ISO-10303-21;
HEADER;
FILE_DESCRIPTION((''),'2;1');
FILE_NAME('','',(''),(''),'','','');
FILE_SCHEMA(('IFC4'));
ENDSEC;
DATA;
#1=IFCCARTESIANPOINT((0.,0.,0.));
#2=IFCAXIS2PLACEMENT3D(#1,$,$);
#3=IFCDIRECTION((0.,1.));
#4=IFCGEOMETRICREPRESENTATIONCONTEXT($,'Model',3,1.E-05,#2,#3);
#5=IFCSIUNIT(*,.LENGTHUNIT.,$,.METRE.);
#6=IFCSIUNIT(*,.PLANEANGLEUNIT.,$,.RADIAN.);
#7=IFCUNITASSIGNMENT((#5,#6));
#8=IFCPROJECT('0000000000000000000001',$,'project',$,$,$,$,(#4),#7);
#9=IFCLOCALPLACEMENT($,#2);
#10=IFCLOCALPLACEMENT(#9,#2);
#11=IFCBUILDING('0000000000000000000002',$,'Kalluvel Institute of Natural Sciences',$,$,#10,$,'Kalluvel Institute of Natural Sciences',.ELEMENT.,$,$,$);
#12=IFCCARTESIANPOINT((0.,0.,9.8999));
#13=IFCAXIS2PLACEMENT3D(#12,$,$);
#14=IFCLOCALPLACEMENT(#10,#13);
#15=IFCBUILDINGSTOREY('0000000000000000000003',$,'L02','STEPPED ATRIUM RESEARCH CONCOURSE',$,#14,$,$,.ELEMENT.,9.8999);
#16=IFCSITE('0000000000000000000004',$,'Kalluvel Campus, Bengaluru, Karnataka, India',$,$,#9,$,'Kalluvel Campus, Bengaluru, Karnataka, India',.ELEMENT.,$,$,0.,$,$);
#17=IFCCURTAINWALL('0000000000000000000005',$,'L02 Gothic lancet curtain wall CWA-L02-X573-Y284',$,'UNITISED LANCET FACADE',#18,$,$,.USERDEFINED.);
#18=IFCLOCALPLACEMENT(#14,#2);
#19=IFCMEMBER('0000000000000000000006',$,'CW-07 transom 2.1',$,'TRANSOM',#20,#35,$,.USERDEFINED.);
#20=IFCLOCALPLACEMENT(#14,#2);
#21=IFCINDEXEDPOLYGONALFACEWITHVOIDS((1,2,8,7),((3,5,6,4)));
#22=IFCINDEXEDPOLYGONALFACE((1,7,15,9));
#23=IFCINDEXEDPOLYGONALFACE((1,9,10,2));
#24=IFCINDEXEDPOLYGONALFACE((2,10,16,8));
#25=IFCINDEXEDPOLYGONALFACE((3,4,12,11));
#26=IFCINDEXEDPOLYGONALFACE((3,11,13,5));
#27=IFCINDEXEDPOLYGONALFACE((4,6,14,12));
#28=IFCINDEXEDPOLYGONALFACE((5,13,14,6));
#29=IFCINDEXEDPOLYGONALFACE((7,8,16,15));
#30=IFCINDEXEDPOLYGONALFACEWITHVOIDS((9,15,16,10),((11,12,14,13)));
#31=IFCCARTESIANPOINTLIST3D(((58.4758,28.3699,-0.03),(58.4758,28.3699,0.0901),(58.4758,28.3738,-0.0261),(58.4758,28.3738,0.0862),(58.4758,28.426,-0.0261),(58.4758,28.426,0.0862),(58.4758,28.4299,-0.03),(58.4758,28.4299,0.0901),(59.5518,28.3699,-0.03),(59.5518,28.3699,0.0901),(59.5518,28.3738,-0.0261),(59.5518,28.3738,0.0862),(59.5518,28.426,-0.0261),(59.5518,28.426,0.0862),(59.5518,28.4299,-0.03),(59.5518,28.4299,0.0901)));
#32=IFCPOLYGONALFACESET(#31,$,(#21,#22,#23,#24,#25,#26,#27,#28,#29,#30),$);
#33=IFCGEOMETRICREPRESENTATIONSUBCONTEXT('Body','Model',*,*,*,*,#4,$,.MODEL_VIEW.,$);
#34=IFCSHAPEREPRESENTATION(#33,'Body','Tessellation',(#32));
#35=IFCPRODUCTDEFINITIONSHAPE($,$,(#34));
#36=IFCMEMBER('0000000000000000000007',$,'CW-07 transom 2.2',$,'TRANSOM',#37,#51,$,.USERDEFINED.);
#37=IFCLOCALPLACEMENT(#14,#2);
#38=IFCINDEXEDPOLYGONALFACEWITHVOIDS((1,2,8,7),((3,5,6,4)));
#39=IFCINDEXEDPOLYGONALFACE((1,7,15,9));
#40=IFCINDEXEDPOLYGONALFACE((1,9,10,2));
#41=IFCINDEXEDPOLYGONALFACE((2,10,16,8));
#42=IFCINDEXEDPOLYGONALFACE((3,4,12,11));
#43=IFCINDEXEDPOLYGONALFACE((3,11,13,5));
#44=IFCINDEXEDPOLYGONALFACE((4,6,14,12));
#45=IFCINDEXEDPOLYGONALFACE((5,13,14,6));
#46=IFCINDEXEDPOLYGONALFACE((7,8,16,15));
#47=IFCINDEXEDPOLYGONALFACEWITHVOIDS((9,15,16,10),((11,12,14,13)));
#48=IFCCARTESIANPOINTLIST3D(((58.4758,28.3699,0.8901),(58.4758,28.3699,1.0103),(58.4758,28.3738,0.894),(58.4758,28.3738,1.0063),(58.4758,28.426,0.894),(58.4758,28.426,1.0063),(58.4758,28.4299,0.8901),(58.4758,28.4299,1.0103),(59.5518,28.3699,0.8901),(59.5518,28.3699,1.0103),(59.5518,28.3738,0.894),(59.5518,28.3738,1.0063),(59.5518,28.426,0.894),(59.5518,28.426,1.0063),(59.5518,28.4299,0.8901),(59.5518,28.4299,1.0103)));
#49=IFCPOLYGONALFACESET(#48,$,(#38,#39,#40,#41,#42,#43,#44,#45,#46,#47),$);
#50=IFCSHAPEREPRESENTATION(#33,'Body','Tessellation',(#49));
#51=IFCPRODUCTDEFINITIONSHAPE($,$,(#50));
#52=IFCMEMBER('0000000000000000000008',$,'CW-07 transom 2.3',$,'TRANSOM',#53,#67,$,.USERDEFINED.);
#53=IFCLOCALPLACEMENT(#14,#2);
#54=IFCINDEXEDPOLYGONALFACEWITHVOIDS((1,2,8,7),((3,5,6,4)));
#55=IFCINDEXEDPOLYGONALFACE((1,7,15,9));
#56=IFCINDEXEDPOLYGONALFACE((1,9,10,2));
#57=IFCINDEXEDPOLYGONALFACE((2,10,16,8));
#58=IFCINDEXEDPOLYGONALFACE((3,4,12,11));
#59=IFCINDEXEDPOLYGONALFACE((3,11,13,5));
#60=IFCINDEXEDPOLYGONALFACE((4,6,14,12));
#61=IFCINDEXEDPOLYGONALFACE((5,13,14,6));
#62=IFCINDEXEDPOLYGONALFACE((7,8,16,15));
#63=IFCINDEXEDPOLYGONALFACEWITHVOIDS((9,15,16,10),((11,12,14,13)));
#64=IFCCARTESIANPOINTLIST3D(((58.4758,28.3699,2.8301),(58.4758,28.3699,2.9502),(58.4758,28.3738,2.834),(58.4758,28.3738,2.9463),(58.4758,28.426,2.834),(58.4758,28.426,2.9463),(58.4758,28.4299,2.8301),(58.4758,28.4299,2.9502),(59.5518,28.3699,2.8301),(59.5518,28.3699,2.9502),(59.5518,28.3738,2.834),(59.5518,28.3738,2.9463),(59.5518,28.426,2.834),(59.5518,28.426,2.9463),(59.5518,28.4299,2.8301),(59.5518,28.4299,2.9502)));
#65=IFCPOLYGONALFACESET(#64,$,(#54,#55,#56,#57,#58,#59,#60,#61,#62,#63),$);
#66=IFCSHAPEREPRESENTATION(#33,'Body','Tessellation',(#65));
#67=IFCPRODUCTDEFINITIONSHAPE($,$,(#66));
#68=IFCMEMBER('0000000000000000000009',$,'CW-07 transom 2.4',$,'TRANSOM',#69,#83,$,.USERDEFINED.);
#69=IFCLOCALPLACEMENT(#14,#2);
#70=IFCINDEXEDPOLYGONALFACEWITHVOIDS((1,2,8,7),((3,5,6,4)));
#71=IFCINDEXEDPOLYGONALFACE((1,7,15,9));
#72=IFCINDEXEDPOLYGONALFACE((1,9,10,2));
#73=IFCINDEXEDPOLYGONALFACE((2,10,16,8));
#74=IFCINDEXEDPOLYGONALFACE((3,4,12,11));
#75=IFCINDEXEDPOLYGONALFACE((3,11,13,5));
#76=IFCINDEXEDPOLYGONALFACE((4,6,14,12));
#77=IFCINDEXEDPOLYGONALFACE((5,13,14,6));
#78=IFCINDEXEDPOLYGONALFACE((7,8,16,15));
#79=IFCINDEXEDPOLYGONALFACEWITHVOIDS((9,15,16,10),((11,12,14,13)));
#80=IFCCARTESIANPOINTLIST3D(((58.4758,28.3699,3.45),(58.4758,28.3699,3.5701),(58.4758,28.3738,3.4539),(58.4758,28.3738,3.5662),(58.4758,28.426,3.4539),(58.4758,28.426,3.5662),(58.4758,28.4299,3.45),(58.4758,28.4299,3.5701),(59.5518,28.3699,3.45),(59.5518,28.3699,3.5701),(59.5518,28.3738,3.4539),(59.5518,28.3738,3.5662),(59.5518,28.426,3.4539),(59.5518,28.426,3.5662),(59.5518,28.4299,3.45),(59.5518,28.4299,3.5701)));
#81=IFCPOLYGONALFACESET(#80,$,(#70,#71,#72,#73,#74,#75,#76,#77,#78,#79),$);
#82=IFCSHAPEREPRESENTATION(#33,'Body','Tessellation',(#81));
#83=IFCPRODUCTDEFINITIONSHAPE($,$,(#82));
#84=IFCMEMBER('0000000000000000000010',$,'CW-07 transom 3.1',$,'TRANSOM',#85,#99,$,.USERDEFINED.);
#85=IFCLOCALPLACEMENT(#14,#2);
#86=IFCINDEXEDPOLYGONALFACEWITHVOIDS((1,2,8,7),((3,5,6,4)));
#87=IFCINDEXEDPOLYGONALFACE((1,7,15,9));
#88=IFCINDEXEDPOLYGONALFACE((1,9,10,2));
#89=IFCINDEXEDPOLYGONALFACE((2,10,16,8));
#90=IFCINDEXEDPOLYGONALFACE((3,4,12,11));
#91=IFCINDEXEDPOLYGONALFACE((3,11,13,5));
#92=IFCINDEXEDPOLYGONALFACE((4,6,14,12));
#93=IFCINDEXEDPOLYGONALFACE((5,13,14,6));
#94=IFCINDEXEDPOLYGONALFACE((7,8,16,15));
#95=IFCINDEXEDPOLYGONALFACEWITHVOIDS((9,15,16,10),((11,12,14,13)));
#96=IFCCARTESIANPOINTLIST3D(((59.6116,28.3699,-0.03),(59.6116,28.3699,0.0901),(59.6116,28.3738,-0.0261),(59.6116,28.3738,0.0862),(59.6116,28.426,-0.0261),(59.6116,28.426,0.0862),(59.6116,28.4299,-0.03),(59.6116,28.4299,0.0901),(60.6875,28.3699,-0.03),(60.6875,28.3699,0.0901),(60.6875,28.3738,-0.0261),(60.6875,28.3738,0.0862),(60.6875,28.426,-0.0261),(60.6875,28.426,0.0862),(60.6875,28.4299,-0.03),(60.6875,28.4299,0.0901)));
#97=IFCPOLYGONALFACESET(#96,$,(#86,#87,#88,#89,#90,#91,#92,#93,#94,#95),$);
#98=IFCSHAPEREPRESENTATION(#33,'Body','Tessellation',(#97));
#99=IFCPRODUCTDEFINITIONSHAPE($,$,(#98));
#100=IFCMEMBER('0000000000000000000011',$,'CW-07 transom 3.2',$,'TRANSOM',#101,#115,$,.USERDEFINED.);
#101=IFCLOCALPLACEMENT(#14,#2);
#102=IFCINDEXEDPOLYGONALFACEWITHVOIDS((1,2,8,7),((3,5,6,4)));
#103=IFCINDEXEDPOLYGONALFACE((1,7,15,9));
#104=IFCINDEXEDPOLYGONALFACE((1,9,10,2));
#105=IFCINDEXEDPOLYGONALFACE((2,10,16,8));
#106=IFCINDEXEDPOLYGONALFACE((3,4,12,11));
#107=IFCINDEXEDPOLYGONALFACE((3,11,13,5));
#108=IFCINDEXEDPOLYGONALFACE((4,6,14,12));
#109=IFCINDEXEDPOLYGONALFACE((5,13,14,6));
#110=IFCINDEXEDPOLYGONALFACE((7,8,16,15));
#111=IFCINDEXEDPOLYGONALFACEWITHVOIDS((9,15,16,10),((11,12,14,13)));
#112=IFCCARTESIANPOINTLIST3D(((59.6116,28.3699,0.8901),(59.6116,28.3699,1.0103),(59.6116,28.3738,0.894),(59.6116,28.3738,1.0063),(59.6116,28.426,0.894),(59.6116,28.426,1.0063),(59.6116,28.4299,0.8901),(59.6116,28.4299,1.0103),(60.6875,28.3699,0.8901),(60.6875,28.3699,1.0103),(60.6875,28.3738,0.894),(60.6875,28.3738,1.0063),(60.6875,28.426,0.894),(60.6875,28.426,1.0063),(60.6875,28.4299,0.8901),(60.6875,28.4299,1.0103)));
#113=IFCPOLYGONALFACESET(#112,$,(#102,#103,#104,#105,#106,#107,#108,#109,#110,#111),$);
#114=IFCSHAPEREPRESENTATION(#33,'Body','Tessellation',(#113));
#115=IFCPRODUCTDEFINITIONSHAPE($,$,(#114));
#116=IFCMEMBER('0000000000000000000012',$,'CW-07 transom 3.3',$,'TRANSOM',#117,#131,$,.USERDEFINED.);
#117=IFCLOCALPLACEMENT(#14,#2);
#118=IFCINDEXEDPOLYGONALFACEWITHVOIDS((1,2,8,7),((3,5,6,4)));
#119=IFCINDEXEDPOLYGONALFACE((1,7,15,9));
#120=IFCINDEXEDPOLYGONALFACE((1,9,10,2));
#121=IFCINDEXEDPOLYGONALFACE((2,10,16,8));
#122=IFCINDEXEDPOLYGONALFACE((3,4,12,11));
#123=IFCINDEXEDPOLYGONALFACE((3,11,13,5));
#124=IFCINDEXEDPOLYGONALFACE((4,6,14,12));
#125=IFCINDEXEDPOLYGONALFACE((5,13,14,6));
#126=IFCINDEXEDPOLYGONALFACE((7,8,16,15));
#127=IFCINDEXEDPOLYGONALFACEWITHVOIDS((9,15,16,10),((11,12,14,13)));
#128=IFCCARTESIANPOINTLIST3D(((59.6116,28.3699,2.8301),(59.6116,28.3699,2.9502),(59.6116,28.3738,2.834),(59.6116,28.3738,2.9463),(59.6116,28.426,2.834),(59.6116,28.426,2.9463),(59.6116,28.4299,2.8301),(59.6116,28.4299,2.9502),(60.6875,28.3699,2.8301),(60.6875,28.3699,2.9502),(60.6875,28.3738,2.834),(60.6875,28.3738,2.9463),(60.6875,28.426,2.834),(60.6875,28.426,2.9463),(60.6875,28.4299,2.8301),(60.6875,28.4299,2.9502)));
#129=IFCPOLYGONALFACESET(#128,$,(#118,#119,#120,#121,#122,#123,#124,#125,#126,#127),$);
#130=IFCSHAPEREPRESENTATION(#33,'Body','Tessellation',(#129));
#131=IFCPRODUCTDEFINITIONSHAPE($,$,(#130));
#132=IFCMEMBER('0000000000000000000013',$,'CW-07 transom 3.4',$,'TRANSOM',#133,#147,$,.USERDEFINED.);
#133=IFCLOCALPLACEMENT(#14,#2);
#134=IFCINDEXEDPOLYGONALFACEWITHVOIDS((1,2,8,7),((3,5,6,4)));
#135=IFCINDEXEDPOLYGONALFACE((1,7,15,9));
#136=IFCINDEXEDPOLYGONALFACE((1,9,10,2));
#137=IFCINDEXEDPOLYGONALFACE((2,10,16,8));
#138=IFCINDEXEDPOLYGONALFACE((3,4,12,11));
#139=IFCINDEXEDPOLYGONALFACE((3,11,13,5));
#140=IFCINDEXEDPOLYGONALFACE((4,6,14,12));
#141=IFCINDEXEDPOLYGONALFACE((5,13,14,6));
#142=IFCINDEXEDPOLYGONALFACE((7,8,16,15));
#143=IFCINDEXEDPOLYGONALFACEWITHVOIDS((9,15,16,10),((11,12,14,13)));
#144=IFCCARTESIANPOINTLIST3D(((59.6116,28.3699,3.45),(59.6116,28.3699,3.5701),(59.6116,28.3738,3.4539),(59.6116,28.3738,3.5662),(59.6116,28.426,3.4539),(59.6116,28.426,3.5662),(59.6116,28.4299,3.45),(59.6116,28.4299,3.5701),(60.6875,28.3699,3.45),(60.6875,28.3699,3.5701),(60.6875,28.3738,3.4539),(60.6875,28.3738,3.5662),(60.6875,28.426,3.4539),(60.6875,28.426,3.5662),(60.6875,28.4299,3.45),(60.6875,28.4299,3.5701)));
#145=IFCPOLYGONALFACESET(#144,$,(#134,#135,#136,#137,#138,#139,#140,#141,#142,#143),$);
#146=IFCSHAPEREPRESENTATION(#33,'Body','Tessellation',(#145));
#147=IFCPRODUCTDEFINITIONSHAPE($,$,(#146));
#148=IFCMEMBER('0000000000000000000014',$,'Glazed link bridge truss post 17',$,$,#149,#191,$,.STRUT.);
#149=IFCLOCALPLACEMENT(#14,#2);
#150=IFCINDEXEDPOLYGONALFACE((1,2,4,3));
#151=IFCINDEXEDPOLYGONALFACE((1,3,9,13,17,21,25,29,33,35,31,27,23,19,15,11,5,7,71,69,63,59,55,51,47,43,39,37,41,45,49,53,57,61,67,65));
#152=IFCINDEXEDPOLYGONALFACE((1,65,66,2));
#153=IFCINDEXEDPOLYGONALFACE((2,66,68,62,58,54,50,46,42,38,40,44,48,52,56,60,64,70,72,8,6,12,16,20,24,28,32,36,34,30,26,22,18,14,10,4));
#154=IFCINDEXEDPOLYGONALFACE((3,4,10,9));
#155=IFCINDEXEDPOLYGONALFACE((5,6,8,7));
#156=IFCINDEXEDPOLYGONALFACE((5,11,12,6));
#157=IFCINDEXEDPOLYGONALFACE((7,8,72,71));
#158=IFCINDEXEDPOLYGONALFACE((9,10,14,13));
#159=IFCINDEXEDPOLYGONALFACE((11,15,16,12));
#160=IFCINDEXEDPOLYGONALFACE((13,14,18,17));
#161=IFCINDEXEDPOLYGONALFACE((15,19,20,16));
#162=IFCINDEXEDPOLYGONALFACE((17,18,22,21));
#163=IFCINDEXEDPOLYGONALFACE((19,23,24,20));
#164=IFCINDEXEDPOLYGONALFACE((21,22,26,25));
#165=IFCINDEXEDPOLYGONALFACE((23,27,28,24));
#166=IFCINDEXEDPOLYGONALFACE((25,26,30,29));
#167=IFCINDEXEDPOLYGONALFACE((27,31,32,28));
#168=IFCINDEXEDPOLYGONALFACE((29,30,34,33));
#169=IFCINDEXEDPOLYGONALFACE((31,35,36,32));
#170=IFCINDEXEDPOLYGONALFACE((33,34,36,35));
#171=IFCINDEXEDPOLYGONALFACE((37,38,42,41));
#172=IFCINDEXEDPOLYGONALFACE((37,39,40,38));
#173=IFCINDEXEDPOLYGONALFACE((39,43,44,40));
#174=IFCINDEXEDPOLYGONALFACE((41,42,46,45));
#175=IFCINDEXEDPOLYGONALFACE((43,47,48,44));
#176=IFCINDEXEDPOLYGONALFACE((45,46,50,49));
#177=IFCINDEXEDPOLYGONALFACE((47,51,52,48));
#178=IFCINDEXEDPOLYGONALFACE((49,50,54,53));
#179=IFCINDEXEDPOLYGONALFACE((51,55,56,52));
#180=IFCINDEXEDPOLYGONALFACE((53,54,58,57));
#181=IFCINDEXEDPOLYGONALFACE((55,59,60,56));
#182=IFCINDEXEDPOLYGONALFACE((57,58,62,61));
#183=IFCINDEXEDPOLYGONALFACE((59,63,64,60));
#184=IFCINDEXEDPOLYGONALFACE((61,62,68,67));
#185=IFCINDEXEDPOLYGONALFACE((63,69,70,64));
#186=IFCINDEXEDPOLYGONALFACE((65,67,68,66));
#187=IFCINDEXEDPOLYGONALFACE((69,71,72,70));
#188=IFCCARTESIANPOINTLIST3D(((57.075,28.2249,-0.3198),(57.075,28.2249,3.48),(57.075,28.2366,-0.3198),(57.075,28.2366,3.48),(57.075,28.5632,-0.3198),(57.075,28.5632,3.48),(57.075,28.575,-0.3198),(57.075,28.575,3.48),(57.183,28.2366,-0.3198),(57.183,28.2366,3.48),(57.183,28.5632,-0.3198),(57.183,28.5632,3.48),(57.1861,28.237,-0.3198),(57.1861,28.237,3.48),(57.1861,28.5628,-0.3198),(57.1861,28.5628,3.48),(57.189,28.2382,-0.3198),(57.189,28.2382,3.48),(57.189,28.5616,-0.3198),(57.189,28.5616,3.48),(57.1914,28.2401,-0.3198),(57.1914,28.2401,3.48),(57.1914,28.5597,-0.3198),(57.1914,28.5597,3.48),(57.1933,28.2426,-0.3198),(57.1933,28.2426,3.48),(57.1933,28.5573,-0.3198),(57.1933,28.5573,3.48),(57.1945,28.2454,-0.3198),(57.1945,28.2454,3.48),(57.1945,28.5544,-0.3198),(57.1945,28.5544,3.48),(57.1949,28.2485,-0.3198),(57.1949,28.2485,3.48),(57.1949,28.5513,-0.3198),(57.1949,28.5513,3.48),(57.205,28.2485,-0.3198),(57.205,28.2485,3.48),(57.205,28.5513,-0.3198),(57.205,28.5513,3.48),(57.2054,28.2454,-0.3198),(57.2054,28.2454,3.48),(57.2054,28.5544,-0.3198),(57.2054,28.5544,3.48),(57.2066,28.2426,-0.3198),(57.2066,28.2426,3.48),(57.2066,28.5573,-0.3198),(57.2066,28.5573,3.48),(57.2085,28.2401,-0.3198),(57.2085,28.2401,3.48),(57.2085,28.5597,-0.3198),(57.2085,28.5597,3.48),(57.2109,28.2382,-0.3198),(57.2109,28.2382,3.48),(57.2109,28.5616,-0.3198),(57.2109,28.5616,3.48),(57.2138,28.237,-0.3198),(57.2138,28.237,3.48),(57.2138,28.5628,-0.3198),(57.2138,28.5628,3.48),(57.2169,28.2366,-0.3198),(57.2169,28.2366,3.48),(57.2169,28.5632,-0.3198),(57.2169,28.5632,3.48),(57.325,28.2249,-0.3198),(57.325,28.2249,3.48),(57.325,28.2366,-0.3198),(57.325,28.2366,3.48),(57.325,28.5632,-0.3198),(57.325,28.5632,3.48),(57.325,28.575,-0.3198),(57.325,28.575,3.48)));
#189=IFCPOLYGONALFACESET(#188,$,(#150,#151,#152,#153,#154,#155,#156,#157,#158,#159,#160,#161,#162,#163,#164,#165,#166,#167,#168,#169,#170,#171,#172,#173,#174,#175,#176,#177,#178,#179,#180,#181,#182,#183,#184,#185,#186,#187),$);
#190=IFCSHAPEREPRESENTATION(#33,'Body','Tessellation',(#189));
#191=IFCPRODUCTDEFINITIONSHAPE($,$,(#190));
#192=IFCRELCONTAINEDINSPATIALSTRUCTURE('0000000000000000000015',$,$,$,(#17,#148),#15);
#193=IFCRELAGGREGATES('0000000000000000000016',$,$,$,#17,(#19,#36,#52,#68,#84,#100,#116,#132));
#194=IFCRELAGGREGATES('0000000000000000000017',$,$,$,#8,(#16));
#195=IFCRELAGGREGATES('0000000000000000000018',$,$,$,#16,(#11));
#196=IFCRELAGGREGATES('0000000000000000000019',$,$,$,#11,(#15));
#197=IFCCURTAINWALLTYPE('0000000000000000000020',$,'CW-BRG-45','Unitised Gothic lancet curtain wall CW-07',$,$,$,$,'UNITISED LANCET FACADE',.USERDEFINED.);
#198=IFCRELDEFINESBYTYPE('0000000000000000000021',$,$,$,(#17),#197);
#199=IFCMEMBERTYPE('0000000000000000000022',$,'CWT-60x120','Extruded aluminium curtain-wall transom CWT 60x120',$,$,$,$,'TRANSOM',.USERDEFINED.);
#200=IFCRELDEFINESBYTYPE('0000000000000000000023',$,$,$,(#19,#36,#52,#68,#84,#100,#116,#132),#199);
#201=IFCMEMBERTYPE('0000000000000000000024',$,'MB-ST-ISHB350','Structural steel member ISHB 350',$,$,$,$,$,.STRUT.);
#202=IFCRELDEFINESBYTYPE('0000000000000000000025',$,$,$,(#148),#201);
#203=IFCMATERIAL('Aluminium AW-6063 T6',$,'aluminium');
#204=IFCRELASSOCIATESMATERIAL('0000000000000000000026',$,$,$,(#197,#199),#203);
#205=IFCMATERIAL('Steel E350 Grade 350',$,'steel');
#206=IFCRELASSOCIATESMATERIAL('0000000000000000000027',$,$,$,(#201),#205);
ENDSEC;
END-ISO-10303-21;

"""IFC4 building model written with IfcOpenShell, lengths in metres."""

from ifc_helpers import new_model, si_unit, direction, frame, origin, origin_2d, place, context, subcontext, project, spatial, hollow_rectangle, i_section, extrude, material, material_profile, profile_set, type_object, element, aggregate, save


model = new_model("IFC4")

# Units and contexts
model_context = context("Model", 3, precision=1e-05, world=origin(), true_north=direction((0.0, 1.0)))
body_context = subcontext(model_context, "Body", "Model", "MODEL_VIEW")
ifc_project = project(units=[si_unit("LENGTHUNIT", "METRE"), si_unit("PLANEANGLEUNIT", "RADIAN")], contexts=[model_context])

# Site, building, storey
site_placement = place(None, origin())
site = spatial("IfcSite", under=ifc_project, at=site_placement, Name="Kalluvel Campus, Bengaluru, Karnataka, India", LongName="Kalluvel Campus, Bengaluru, Karnataka, India", CompositionType="ELEMENT", RefElevation=0.0)
building_placement = place(site_placement, origin())
building = spatial("IfcBuilding", under=site, at=building_placement, Name="Kalluvel Institute of Natural Sciences", LongName="Kalluvel Institute of Natural Sciences", CompositionType="ELEMENT")
storey_placement = place(building_placement, frame((0.0, 0.0, 9.8999)))
storey = spatial("IfcBuildingStorey", under=building, at=storey_placement, Name="L02", Description="STEPPED ATRIUM RESEARCH CONCOURSE", CompositionType="ELEMENT", Elevation=9.8999)

# Shared definitions
ifc_material_1 = material(Name="Steel E350 Grade 350", Category="steel")

# Shared definitions
ifc_material_2 = material(Name="Aluminium AW-6063 T6", Category="aluminium")
curtain_wall_type = type_object("IfcCurtainWallType", Name="CW-BRG-45", Description="Unitised Gothic lancet curtain wall CW-07", ElementType="UNITISED LANCET FACADE", PredefinedType="USERDEFINED", material=ifc_material_2)

# Curtain wall, members
curtain_wall_1_placement = place(storey_placement, origin())
curtain_wall_1 = element("IfcCurtainWall", 1, at=curtain_wall_1_placement, inside=storey, type_object=curtain_wall_type, Name="L02 Gothic lancet curtain wall CWA-L02-X573-Y284", ObjectType="UNITISED LANCET FACADE", PredefinedType="USERDEFINED")
ifc_material_profile_1 = material_profile(ifc_material_2, hollow_rectangle(XDim=0.0601, YDim=0.1201, WallThickness=0.0039, at=origin_2d()), Name="CWT 60x120")
ifc_profile_set_1 = profile_set([ifc_material_profile_1], Name="Aluminium AW-6063 T6")
member_type_1 = type_object("IfcMemberType", Name="CWT-60x120", Description="Extruded aluminium curtain-wall transom CWT 60x120", ElementType="TRANSOM", PredefinedType="USERDEFINED", material=ifc_profile_set_1)
member_1_placement = place(storey_placement, frame((58.4758, 28.3999, 0.03), z_axis=(1.0, 0.0, 0.0), x_axis=(0.0, 1.0, 0.0)))
member_1 = element("IfcMember", 2, at=member_1_placement, type_object=member_type_1, Name="CW-07 transom 2.1", ObjectType="TRANSOM", PredefinedType="USERDEFINED", context=body_context, shape_type="SweptSolid", body=[
    extrude(hollow_rectangle(XDim=0.0601, YDim=0.1201, WallThickness=0.0039, at=origin_2d()), origin(), (0.0, 0.0, 1.0), 1.0759),
])
member_2_placement = place(storey_placement, frame((58.4758, 28.3999, 0.9502), z_axis=(1.0, 0.0, 0.0), x_axis=(0.0, 1.0, 0.0)))
member_2 = element("IfcMember", 3, at=member_2_placement, type_object=member_type_1, Name="CW-07 transom 2.2", ObjectType="TRANSOM", PredefinedType="USERDEFINED", context=body_context, shape_type="SweptSolid", body=[
    extrude(hollow_rectangle(XDim=0.0601, YDim=0.1201, WallThickness=0.0039, at=origin_2d()), origin(), (0.0, 0.0, 1.0), 1.0759),
])
member_3_placement = place(storey_placement, frame((58.4758, 28.3999, 2.8901), z_axis=(1.0, 0.0, 0.0), x_axis=(0.0, 1.0, 0.0)))
member_3 = element("IfcMember", 4, at=member_3_placement, type_object=member_type_1, Name="CW-07 transom 2.3", ObjectType="TRANSOM", PredefinedType="USERDEFINED", context=body_context, shape_type="SweptSolid", body=[
    extrude(hollow_rectangle(XDim=0.0601, YDim=0.1201, WallThickness=0.0039, at=origin_2d()), origin(), (0.0, 0.0, 1.0), 1.0759),
])
member_4_placement = place(storey_placement, frame((58.4758, 28.3999, 3.51), z_axis=(1.0, 0.0, 0.0), x_axis=(0.0, 1.0, 0.0)))
member_4 = element("IfcMember", 5, at=member_4_placement, type_object=member_type_1, Name="CW-07 transom 2.4", ObjectType="TRANSOM", PredefinedType="USERDEFINED", context=body_context, shape_type="SweptSolid", body=[
    extrude(hollow_rectangle(XDim=0.0601, YDim=0.1201, WallThickness=0.0039, at=origin_2d()), origin(), (0.0, 0.0, 1.0), 1.0759),
])
member_5_placement = place(storey_placement, frame((59.6116, 28.3999, 0.03), z_axis=(1.0, 0.0, 0.0), x_axis=(0.0, 1.0, 0.0)))
member_5 = element("IfcMember", 6, at=member_5_placement, type_object=member_type_1, Name="CW-07 transom 3.1", ObjectType="TRANSOM", PredefinedType="USERDEFINED", context=body_context, shape_type="SweptSolid", body=[
    extrude(hollow_rectangle(XDim=0.0601, YDim=0.1201, WallThickness=0.0039, at=origin_2d()), origin(), (0.0, 0.0, 1.0), 1.0759),
])
member_6_placement = place(storey_placement, frame((59.6116, 28.3999, 0.9502), z_axis=(1.0, 0.0, 0.0), x_axis=(0.0, 1.0, 0.0)))
member_6 = element("IfcMember", 7, at=member_6_placement, type_object=member_type_1, Name="CW-07 transom 3.2", ObjectType="TRANSOM", PredefinedType="USERDEFINED", context=body_context, shape_type="SweptSolid", body=[
    extrude(hollow_rectangle(XDim=0.0601, YDim=0.1201, WallThickness=0.0039, at=origin_2d()), origin(), (0.0, 0.0, 1.0), 1.0759),
])
member_7_placement = place(storey_placement, frame((59.6116, 28.3999, 2.8901), z_axis=(1.0, 0.0, 0.0), x_axis=(0.0, 1.0, 0.0)))
member_7 = element("IfcMember", 8, at=member_7_placement, type_object=member_type_1, Name="CW-07 transom 3.3", ObjectType="TRANSOM", PredefinedType="USERDEFINED", context=body_context, shape_type="SweptSolid", body=[
    extrude(hollow_rectangle(XDim=0.0601, YDim=0.1201, WallThickness=0.0039, at=origin_2d()), origin(), (0.0, 0.0, 1.0), 1.0759),
])
member_8_placement = place(storey_placement, frame((59.6116, 28.3999, 3.51), z_axis=(1.0, 0.0, 0.0), x_axis=(0.0, 1.0, 0.0)))
member_8 = element("IfcMember", 9, at=member_8_placement, type_object=member_type_1, Name="CW-07 transom 3.4", ObjectType="TRANSOM", PredefinedType="USERDEFINED", context=body_context, shape_type="SweptSolid", body=[
    extrude(hollow_rectangle(XDim=0.0601, YDim=0.1201, WallThickness=0.0039, at=origin_2d()), origin(), (0.0, 0.0, 1.0), 1.0759),
])

# Member
ifc_material_profile_2 = material_profile(ifc_material_1, i_section(OverallWidth=0.25, OverallDepth=0.3501, WebThickness=0.01, FlangeThickness=0.0117, FilletRadius=0.012, at=origin_2d()), Name="ISHB 350")
ifc_profile_set_2 = profile_set([ifc_material_profile_2], Name="Steel E350 Grade 350")
member_type_2 = type_object("IfcMemberType", Name="MB-ST-ISHB350", Description="Structural steel member ISHB 350", PredefinedType="STRUT", material=ifc_profile_set_2)
member_9_placement = place(storey_placement, frame((57.2, 28.3999, -0.3198), z_axis=(0.0, 0.0, 1.0), x_axis=(1.0, 0.0, 0.0)))
element("IfcMember", 10, at=member_9_placement, inside=storey, type_object=member_type_2, Name="Glazed link bridge truss post 17", PredefinedType="STRUT", context=body_context, shape_type="SweptSolid", body=[
    extrude(i_section(OverallWidth=0.25, OverallDepth=0.3501, WebThickness=0.01, FlangeThickness=0.0117, FilletRadius=0.012, at=origin_2d()), origin(), (0.0, 0.0, 1.0), 3.7998),
])

aggregate(curtain_wall_1, [member_1, member_2, member_3, member_4, member_5, member_6, member_7, member_8])

save(model, "model.ifc")
